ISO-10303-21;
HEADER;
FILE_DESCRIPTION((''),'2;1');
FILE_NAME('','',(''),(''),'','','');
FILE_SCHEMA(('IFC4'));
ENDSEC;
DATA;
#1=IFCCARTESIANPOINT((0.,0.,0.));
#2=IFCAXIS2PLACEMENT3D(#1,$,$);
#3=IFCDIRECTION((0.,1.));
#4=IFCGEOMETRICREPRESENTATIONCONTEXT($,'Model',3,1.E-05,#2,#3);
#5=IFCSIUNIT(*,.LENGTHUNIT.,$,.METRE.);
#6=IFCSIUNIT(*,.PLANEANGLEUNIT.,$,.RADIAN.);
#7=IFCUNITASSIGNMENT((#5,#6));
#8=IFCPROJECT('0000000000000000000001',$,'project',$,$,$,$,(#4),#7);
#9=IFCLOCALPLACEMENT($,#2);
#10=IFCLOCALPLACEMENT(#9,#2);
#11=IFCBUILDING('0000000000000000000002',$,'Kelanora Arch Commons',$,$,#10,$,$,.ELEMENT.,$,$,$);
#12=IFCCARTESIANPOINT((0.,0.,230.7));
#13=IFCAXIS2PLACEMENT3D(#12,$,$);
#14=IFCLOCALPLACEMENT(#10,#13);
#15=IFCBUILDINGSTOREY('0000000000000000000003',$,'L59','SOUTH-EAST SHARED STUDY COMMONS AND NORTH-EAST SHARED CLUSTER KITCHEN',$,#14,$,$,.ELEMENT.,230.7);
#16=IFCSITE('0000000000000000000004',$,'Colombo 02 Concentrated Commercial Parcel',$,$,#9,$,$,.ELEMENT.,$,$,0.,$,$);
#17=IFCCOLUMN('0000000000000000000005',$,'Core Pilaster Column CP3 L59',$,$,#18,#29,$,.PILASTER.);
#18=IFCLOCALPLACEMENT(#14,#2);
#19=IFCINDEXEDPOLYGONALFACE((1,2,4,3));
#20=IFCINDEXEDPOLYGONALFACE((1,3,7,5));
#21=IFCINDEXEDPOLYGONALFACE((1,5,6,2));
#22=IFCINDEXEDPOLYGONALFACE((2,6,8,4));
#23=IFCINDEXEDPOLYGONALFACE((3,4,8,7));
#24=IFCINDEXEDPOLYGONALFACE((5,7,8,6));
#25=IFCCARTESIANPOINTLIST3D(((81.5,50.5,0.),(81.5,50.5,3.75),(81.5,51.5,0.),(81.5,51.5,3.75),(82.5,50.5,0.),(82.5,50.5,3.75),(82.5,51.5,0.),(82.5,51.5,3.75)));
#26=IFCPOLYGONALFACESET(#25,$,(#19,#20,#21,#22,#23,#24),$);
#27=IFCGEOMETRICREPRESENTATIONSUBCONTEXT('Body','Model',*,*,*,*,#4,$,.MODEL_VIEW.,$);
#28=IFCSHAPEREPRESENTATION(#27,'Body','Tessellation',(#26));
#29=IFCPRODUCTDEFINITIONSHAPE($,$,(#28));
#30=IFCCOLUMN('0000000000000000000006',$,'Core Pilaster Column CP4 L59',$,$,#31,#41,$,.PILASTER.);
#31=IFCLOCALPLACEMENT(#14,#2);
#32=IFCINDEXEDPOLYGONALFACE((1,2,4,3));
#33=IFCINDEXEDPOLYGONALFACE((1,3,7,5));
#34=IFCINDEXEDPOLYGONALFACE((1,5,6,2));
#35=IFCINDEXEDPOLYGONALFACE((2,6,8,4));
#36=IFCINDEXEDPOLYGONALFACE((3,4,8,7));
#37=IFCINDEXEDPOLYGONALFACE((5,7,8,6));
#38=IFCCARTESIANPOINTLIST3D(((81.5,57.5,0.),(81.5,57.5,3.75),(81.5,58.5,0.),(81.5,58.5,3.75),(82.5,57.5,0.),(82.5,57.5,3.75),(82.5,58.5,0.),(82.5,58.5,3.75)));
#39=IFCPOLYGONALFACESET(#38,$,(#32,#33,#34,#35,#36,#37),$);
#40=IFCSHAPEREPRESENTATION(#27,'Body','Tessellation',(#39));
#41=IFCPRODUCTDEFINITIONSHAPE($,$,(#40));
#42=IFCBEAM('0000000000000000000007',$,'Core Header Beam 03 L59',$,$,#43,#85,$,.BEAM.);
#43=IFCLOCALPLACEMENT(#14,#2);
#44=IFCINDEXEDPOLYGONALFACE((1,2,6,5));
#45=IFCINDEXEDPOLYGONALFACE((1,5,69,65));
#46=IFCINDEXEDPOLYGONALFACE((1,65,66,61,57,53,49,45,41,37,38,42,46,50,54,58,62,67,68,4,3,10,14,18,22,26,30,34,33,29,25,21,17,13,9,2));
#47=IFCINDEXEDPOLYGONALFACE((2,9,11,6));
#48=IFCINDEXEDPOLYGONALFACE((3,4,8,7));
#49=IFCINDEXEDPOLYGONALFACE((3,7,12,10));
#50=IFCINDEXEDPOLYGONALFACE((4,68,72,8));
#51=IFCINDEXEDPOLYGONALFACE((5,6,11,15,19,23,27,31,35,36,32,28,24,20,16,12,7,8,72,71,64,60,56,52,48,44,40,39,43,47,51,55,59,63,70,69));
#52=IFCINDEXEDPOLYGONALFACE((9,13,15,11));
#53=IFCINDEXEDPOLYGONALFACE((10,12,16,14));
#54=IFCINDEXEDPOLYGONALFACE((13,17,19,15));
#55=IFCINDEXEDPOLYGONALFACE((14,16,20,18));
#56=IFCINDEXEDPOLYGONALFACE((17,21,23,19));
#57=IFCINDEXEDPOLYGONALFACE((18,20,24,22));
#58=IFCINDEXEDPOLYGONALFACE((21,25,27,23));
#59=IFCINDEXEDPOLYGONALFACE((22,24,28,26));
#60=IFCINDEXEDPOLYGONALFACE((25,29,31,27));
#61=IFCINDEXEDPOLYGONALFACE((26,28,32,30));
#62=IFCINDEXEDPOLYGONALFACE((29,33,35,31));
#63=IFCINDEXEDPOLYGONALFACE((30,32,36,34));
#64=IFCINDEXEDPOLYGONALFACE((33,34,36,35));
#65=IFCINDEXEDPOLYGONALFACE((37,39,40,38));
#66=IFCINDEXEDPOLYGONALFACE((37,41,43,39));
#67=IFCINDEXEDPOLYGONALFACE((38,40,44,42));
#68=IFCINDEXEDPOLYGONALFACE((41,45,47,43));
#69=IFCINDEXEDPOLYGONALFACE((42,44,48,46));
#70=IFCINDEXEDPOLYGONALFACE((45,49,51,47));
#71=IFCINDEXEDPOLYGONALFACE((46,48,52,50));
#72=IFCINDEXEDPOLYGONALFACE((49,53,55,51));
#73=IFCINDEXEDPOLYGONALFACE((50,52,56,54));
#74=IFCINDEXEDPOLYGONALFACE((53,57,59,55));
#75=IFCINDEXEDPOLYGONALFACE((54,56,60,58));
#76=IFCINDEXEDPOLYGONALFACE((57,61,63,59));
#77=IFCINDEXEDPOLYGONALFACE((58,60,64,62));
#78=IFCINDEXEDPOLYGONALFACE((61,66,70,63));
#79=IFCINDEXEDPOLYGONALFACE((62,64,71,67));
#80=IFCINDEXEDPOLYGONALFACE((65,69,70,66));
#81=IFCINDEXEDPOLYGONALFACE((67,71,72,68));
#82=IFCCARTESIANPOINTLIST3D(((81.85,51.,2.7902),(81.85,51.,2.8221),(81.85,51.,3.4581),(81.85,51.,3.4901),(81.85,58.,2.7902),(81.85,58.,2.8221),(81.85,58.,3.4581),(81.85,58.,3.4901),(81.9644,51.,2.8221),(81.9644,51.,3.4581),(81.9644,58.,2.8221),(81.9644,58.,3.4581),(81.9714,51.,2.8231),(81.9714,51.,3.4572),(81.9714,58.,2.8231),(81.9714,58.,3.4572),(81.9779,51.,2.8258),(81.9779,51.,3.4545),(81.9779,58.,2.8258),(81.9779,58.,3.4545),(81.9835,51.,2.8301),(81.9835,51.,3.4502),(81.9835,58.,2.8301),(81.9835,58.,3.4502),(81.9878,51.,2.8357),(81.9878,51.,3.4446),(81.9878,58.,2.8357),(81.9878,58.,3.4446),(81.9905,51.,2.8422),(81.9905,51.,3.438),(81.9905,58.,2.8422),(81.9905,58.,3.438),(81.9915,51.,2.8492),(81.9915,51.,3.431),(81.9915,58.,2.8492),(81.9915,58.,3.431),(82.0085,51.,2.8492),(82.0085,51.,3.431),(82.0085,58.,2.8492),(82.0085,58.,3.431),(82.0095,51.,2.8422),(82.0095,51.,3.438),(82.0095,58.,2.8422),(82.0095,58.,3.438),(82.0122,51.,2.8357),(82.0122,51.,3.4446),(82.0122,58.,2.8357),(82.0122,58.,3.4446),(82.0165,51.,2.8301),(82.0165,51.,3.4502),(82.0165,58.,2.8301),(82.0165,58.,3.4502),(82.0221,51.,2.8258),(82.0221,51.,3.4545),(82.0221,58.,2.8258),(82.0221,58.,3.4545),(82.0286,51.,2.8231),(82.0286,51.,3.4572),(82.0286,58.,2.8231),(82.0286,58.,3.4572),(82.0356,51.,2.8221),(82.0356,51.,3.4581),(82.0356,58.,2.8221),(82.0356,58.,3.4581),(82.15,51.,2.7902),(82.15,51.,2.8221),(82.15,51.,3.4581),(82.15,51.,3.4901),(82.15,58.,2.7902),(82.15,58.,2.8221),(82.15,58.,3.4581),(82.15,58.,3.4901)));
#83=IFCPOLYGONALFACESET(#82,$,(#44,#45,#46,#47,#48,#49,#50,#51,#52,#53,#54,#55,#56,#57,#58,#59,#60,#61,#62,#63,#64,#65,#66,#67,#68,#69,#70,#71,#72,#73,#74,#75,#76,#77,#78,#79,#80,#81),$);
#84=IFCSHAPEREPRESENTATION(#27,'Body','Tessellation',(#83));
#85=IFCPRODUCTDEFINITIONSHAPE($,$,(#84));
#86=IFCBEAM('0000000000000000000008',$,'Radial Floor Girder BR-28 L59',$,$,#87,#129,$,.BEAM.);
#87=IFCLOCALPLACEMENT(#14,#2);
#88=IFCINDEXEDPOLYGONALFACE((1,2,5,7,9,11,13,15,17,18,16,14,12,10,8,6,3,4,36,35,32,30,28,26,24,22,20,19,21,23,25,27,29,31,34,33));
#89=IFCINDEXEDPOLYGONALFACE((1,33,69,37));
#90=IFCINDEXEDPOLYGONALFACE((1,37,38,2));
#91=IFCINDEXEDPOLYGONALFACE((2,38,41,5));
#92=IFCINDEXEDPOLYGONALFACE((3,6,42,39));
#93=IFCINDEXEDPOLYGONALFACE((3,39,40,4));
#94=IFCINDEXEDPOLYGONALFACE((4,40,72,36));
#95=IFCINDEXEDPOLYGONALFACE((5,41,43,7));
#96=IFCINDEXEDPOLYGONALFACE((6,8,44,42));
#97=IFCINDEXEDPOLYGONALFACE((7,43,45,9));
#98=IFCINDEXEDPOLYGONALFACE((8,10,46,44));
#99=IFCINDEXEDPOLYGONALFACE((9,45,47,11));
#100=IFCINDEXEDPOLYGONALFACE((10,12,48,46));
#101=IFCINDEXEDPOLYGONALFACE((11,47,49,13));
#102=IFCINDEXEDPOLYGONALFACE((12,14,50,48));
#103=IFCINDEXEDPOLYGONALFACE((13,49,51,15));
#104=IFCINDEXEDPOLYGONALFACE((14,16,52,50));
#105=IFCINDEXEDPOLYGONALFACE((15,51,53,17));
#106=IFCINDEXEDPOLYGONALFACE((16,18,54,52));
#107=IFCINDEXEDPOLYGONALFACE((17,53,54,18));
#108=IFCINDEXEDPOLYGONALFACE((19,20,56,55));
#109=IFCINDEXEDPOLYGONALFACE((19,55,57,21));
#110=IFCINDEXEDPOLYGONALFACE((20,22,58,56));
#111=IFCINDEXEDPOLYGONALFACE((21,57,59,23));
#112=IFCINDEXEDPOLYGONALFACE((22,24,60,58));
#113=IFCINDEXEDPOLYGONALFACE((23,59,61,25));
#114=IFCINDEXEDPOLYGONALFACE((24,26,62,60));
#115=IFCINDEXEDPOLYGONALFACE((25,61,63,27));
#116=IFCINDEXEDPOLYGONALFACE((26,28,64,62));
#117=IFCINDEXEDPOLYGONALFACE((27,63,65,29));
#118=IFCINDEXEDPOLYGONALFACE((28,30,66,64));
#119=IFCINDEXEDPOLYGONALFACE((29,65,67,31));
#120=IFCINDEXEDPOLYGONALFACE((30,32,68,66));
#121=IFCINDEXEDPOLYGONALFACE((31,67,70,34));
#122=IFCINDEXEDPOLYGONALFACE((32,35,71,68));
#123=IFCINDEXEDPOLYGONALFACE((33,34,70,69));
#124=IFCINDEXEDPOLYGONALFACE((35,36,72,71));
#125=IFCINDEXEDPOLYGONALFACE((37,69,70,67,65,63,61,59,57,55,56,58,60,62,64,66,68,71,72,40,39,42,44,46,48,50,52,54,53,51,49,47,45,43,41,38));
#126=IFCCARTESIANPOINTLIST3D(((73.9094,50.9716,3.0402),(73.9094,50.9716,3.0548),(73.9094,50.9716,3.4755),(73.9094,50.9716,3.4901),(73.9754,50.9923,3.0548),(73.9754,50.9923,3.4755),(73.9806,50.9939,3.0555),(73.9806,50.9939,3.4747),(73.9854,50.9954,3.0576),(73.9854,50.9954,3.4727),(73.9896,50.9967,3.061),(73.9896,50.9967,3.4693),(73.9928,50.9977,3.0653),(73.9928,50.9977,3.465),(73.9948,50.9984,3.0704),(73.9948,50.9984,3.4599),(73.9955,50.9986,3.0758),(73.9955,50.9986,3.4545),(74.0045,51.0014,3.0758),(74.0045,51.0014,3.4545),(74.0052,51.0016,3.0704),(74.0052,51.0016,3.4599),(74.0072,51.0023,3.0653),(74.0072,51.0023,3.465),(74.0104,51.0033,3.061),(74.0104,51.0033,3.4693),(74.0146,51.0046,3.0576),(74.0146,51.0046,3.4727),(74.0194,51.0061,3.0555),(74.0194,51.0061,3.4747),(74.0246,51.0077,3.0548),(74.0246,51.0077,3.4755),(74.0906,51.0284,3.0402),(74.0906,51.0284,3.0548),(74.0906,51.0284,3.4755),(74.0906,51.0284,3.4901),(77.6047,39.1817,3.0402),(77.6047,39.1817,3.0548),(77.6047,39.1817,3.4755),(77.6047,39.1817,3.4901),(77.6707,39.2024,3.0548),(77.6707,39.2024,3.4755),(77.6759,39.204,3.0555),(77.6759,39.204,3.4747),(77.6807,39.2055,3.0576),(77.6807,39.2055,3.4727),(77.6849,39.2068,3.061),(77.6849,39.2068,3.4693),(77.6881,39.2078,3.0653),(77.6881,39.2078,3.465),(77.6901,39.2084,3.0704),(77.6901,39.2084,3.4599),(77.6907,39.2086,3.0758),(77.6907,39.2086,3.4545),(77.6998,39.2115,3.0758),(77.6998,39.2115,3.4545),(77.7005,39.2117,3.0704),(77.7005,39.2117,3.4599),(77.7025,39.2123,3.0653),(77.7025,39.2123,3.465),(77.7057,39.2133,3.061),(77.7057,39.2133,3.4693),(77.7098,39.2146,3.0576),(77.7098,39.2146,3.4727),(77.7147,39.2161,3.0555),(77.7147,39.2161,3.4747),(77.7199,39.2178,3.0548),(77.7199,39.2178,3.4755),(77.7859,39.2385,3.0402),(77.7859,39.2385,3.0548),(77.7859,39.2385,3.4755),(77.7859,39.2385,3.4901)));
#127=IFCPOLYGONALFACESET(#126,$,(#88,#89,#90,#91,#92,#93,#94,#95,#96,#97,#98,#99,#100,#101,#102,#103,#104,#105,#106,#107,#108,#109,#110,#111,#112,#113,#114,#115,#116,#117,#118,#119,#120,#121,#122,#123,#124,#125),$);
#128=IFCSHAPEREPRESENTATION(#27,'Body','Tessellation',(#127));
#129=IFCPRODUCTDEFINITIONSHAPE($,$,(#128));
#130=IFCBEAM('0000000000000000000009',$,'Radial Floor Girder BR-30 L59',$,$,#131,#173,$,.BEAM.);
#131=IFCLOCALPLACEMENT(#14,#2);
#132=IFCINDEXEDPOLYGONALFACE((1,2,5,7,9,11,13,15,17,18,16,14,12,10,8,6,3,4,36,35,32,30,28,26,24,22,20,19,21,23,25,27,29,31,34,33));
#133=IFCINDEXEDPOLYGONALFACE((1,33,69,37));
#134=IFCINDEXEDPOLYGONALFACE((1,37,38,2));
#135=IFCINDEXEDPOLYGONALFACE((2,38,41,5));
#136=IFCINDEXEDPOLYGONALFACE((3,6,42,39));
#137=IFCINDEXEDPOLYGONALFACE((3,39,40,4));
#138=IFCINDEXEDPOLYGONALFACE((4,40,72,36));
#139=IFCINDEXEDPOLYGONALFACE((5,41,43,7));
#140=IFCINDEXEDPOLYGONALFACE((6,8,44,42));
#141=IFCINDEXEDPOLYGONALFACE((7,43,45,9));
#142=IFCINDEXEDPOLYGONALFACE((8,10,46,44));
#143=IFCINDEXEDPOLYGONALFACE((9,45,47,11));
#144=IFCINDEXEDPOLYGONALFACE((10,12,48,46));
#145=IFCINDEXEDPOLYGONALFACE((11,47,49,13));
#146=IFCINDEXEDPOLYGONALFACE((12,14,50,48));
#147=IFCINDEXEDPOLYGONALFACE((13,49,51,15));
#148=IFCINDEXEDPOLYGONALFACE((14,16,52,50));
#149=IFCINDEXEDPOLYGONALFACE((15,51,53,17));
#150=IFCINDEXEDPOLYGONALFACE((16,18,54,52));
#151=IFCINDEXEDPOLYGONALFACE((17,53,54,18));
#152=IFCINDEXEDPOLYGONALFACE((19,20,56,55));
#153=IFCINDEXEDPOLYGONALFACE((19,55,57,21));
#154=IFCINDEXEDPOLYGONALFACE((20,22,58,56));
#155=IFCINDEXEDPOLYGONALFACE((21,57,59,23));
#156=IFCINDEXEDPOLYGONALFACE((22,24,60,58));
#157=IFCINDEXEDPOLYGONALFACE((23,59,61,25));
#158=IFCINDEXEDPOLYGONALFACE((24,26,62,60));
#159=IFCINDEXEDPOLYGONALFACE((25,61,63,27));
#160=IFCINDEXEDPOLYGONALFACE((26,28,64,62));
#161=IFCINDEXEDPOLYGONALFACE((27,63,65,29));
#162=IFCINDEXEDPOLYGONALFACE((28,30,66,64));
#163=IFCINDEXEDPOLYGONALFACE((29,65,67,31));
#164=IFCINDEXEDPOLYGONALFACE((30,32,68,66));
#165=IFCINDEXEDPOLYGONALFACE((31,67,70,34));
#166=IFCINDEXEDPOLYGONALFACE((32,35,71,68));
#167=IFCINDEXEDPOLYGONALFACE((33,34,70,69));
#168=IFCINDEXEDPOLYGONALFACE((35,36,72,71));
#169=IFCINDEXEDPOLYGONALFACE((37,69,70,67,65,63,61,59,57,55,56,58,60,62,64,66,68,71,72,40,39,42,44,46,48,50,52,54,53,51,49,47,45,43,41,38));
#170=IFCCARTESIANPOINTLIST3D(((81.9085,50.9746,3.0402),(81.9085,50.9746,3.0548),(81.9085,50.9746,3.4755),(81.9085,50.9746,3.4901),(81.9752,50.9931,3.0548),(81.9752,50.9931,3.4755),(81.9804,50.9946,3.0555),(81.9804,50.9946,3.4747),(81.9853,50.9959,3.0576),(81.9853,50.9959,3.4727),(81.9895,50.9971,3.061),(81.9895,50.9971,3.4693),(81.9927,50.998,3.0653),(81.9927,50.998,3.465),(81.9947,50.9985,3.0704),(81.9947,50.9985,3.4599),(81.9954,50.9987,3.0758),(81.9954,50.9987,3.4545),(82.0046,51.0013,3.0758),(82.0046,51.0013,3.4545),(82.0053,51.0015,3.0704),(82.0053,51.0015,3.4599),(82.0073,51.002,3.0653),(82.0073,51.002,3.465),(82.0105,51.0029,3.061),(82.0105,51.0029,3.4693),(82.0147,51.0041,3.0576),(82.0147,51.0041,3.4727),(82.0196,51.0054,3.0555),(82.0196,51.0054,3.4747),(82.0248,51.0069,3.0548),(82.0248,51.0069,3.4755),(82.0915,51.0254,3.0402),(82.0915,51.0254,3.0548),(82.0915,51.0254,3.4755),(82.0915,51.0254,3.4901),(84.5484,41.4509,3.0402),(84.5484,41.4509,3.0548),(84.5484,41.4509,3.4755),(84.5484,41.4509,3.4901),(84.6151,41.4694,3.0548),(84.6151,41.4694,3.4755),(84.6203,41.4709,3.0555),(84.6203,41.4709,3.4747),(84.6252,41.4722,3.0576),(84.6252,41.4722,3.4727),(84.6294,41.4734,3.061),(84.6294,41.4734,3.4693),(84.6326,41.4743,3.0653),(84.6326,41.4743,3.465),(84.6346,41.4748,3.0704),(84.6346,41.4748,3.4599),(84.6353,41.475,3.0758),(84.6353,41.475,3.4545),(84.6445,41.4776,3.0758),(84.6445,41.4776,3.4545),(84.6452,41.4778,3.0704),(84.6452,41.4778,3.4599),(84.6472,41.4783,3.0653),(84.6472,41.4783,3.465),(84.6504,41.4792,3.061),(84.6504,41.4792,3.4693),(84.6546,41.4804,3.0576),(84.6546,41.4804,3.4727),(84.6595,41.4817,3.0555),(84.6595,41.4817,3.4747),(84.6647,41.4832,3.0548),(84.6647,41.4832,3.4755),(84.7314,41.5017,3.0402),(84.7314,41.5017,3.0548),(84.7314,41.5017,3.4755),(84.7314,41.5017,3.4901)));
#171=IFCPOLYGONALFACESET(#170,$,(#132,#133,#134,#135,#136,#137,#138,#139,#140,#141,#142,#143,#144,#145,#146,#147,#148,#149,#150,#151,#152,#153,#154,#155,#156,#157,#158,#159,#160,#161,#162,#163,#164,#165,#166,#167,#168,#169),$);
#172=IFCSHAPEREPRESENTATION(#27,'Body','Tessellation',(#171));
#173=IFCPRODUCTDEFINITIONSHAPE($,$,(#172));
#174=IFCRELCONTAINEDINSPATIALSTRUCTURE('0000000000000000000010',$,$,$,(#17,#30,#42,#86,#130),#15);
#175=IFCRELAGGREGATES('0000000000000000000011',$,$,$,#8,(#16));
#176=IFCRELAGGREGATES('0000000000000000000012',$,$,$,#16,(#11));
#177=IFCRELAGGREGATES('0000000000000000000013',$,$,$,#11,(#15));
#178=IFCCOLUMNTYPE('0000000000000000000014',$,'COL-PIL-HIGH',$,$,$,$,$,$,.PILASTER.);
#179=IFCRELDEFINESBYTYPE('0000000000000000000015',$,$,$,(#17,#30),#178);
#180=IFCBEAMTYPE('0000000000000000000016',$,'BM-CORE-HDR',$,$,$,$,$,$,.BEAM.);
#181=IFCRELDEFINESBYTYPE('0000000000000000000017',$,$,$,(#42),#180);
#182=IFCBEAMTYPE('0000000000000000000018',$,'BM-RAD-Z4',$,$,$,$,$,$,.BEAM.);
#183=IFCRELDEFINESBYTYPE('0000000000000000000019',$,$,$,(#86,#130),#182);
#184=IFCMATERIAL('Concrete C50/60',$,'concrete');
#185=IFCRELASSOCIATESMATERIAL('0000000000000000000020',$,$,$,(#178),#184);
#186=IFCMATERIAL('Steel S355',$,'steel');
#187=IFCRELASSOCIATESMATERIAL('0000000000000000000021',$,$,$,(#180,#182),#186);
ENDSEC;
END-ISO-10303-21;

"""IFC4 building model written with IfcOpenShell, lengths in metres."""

from ifc_helpers import new_model, si_unit, direction, frame, origin, origin_2d, place, context, subcontext, project, spatial, rectangle, i_section, extrude, material, material_profile, profile_set, type_object, element, save


model = new_model("IFC4")

# Units and contexts
model_context = context("Model", 3, precision=1e-05, world=origin(), true_north=direction((0.0, 1.0)))
body_context = subcontext(model_context, "Body", "Model", "MODEL_VIEW")
ifc_project = project(units=[si_unit("LENGTHUNIT", "METRE"), si_unit("PLANEANGLEUNIT", "RADIAN")], contexts=[model_context])

# Site, building, storey
site_placement = place(None, origin())
site = spatial("IfcSite", under=ifc_project, at=site_placement, Name="Colombo 02 Concentrated Commercial Parcel", CompositionType="ELEMENT", RefElevation=0.0)
building_placement = place(site_placement, origin())
building = spatial("IfcBuilding", under=site, at=building_placement, Name="Kelanora Arch Commons", CompositionType="ELEMENT")
storey_placement = place(building_placement, frame((0.0, 0.0, 230.7)))
storey = spatial("IfcBuildingStorey", under=building, at=storey_placement, Name="L59", Description="SOUTH-EAST SHARED STUDY COMMONS AND NORTH-EAST SHARED CLUSTER KITCHEN", CompositionType="ELEMENT", Elevation=230.7)

# Columns
ifc_material_1 = material(Name="Concrete C50/60", Category="concrete")
ifc_material_profile_1 = material_profile(ifc_material_1, rectangle(XDim=1.0, YDim=1.0, at=origin_2d()), Name="RC1000x1000")
ifc_profile_set_1 = profile_set([ifc_material_profile_1], Name="Concrete C50/60")
column_type = type_object("IfcColumnType", Name="COL-PIL-HIGH", PredefinedType="PILASTER", material=ifc_profile_set_1)
for number, where, z_axis, x_axis, name in (
    (1, (82.0, 51.0, 0.0), (0.0, 0.0, 1.0), (1.0, 0.0, 0.0), "Core Pilaster Column CP3 L59"),
    (2, (82.0, 58.0, 0.0), (0.0, 0.0, 1.0), (1.0, 0.0, 0.0), "Core Pilaster Column CP4 L59"),
):
    element("IfcColumn", number, at=place(storey_placement, frame(where, z_axis=z_axis, x_axis=x_axis)), inside=storey, type_object=column_type, Name=name, PredefinedType="PILASTER", context=body_context, shape_type="SweptSolid", body=[
        extrude(rectangle(XDim=1.0, YDim=1.0, at=origin_2d()), origin(), (0.0, 0.0, 1.0), 3.75),
    ])

# Beams
ifc_material_2 = material(Name="Steel S355", Category="steel")
ifc_material_profile_2 = material_profile(ifc_material_2, i_section(OverallWidth=0.3, OverallDepth=0.7, WebThickness=0.0171, FlangeThickness=0.032, FilletRadius=0.0271, at=origin_2d()), Name="HEB700")
ifc_profile_set_2 = profile_set([ifc_material_profile_2], Name="Steel S355")
beam_type_1 = type_object("IfcBeamType", Name="BM-CORE-HDR", PredefinedType="BEAM", material=ifc_profile_set_2)
beam_1_placement = place(storey_placement, frame((82.0, 51.0, 3.1401), z_axis=(0.0, 1.0, 0.0), x_axis=(-1.0, 0.0, 0.0)))
element("IfcBeam", 3, at=beam_1_placement, inside=storey, type_object=beam_type_1, Name="Core Header Beam 03 L59", PredefinedType="BEAM", context=body_context, shape_type="SweptSolid", body=[
    extrude(i_section(OverallWidth=0.3, OverallDepth=0.7, WebThickness=0.0171, FlangeThickness=0.032, FilletRadius=0.0271, at=origin_2d()), origin(), (0.0, 0.0, 1.0), 7.0),
])
ifc_material_profile_3 = material_profile(ifc_material_2, i_section(OverallWidth=0.1899, OverallDepth=0.45, WebThickness=0.0095, FlangeThickness=0.0146, FilletRadius=0.021, at=origin_2d()), Name="IPE450")
ifc_profile_set_3 = profile_set([ifc_material_profile_3], Name="Steel S355")
beam_type_2 = type_object("IfcBeamType", Name="BM-RAD-Z4", PredefinedType="BEAM", material=ifc_profile_set_3)
beam_2_placement = place(storey_placement, frame((74.0, 51.0, 3.2651), z_axis=(0.29908, -0.954228, 0.0), x_axis=(0.954228, 0.29908, 0.0)))
element("IfcBeam", 4, at=beam_2_placement, inside=storey, type_object=beam_type_2, Name="Radial Floor Girder BR-28 L59", PredefinedType="BEAM", context=body_context, shape_type="SweptSolid", body=[
    extrude(i_section(OverallWidth=0.1899, OverallDepth=0.45, WebThickness=0.0095, FlangeThickness=0.0146, FilletRadius=0.021, at=origin_2d()), origin(), (0.0, 0.0, 1.0), 12.3555),
])
beam_3_placement = place(storey_placement, frame((82.0, 51.0, 3.2651), z_axis=(0.26712, -0.963663, 0.0), x_axis=(0.963663, 0.26712, 0.0)))
element("IfcBeam", 5, at=beam_3_placement, inside=storey, type_object=beam_type_2, Name="Radial Floor Girder BR-30 L59", PredefinedType="BEAM", context=body_context, shape_type="SweptSolid", body=[
    extrude(i_section(OverallWidth=0.1899, OverallDepth=0.45, WebThickness=0.0095, FlangeThickness=0.0146, FilletRadius=0.021, at=origin_2d()), origin(), (0.0, 0.0, 1.0), 9.8828),
])

save(model, "model.ifc")
